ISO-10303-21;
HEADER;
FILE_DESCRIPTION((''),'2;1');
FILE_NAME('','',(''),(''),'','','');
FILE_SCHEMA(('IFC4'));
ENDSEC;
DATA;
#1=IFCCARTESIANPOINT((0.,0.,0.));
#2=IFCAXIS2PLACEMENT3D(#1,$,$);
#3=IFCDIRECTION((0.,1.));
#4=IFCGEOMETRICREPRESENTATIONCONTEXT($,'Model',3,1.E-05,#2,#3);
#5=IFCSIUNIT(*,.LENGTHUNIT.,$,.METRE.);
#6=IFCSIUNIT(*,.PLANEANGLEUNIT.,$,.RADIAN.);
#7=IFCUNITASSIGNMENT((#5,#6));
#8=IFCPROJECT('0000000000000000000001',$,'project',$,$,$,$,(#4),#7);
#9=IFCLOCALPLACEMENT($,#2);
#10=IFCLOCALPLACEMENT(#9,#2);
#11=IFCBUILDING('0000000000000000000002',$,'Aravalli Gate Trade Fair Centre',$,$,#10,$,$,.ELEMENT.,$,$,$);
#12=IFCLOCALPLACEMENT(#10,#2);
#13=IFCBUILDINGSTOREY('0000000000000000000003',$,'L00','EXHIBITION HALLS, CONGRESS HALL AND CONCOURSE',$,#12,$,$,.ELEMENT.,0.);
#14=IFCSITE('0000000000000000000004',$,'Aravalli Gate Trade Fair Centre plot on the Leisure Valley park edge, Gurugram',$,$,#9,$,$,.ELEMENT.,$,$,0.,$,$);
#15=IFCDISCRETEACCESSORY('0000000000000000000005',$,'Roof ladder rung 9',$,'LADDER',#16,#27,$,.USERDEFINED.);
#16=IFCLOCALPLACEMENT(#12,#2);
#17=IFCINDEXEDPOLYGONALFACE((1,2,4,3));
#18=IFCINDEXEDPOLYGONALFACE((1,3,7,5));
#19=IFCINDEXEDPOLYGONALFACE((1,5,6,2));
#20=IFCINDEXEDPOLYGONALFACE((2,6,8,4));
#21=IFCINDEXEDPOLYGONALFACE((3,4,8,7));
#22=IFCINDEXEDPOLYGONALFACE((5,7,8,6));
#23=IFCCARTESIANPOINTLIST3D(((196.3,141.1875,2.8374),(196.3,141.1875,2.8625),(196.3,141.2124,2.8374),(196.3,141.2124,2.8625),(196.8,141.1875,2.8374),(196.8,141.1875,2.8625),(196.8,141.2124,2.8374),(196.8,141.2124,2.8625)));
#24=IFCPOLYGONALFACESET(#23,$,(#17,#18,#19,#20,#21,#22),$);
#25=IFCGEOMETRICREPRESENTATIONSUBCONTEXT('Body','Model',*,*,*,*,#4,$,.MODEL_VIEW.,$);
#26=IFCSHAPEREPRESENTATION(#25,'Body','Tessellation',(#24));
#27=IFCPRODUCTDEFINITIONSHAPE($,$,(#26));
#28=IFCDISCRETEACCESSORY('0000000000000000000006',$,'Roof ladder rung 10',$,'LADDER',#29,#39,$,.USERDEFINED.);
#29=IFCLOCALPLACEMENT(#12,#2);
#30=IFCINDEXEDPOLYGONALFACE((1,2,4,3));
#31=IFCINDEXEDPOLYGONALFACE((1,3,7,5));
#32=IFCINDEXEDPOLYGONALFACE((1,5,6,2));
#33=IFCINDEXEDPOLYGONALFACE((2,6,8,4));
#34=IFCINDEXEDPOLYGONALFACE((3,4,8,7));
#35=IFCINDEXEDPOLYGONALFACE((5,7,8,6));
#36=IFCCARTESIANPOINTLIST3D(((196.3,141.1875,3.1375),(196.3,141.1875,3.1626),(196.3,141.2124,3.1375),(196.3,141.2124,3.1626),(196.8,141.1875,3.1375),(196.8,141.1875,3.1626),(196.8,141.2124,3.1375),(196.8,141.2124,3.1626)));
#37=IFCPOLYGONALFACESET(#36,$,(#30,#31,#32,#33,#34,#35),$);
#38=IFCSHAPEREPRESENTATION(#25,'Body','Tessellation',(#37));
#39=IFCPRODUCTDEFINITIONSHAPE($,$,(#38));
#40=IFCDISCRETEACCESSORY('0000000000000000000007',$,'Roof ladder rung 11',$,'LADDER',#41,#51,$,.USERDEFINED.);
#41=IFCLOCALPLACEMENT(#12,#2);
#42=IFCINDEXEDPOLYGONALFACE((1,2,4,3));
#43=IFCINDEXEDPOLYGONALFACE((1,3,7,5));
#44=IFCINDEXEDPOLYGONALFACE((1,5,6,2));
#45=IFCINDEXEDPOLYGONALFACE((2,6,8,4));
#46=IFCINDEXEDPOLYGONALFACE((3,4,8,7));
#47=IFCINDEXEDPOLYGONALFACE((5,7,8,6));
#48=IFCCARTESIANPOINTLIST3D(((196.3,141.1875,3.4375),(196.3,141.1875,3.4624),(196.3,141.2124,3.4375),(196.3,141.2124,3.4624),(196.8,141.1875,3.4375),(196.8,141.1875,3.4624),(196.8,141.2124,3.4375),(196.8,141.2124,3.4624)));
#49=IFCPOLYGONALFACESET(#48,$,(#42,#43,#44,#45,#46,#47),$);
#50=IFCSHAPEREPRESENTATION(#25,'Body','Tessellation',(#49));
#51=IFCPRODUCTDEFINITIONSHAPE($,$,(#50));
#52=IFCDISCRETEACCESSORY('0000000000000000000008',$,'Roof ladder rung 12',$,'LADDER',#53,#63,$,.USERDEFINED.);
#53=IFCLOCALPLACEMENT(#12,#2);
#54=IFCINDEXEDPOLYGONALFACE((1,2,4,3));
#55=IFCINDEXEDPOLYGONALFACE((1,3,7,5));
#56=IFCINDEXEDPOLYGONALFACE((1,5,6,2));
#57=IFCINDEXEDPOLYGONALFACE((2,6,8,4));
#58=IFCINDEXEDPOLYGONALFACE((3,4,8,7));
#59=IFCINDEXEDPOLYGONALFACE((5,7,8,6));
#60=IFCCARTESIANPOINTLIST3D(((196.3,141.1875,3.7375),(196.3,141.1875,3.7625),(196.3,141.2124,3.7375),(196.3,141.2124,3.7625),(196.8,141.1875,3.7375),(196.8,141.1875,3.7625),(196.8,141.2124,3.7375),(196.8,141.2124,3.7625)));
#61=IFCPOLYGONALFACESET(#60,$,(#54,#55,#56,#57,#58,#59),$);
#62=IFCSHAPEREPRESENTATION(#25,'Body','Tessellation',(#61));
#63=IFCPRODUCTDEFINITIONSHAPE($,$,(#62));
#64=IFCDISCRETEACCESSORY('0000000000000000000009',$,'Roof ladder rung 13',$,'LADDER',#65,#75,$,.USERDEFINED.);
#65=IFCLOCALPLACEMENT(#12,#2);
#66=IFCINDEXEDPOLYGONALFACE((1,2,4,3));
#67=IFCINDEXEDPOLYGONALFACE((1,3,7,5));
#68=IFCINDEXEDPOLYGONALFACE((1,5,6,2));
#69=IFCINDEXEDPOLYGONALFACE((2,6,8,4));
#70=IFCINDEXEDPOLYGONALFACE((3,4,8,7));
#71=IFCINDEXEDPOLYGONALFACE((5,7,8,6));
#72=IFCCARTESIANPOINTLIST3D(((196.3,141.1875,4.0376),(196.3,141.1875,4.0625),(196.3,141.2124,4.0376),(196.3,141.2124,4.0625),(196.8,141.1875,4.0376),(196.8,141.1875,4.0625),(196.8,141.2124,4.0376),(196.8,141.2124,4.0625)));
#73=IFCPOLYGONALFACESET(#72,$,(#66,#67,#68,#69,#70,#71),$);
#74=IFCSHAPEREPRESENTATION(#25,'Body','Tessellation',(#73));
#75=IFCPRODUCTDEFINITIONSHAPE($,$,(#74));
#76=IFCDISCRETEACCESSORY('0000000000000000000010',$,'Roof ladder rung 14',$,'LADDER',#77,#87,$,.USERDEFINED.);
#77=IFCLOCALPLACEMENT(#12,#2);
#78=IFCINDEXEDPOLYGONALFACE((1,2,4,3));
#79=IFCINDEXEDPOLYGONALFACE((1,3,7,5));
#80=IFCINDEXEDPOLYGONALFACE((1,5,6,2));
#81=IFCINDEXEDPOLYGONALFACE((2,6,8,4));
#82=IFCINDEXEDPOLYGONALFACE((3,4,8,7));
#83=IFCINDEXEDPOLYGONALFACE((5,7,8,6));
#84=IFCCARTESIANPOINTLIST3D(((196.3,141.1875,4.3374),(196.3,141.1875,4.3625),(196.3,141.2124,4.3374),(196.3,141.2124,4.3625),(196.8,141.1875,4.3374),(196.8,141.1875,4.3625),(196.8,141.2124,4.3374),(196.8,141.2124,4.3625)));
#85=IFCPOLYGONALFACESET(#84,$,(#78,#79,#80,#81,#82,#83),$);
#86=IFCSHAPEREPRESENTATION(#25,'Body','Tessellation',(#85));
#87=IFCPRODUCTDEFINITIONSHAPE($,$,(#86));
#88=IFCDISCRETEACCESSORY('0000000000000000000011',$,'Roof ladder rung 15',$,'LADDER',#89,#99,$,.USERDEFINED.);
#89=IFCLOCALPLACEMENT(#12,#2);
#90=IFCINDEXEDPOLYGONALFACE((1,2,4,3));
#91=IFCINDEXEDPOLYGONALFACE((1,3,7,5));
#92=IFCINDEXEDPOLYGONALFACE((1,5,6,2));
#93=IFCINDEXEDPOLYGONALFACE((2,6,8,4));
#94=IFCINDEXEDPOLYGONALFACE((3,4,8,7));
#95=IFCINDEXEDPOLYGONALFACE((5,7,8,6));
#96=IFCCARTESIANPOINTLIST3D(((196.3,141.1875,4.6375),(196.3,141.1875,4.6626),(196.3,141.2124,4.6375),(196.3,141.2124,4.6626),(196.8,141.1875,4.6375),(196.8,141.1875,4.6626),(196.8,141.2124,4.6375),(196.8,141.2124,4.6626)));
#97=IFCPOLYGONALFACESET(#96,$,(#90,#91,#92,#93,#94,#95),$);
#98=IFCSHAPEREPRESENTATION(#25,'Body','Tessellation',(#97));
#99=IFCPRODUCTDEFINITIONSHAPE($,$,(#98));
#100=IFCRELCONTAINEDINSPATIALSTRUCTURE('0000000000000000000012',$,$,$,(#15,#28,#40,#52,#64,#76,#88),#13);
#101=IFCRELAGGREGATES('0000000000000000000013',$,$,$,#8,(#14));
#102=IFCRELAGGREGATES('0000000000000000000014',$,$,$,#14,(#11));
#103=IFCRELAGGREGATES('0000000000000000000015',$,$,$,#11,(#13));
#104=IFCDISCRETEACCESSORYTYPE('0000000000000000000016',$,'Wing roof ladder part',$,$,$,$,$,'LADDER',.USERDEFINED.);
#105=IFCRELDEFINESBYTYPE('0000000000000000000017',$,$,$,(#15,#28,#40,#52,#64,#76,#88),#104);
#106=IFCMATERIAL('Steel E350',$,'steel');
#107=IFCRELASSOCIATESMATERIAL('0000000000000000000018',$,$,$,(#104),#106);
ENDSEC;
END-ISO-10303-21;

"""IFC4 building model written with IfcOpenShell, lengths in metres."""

from ifc_helpers import new_model, si_unit, direction, frame, origin, place, context, subcontext, project, spatial, polyline, outline, extrude, material, type_object, element, save


model = new_model("IFC4")

# Units and contexts
model_context = context("Model", 3, precision=1e-05, world=origin(), true_north=direction((0.0, 1.0)))
body_context = subcontext(model_context, "Body", "Model", "MODEL_VIEW")
ifc_project = project(units=[si_unit("LENGTHUNIT", "METRE"), si_unit("PLANEANGLEUNIT", "RADIAN")], contexts=[model_context])

# Site, building, storey
site_placement = place(None, origin())
site = spatial("IfcSite", under=ifc_project, at=site_placement, Name="Aravalli Gate Trade Fair Centre plot on the Leisure Valley park edge, Gurugram", CompositionType="ELEMENT", RefElevation=0.0)
building_placement = place(site_placement, origin())
building = spatial("IfcBuilding", under=site, at=building_placement, Name="Aravalli Gate Trade Fair Centre", CompositionType="ELEMENT")
storey_placement = place(building_placement, origin())
storey = spatial("IfcBuildingStorey", under=building, at=storey_placement, Name="L00", Description="EXHIBITION HALLS, CONGRESS HALL AND CONCOURSE", CompositionType="ELEMENT", Elevation=0.0)

# Discrete accessories
ifc_material_1 = material(Name="Steel E350", Category="steel")
discrete_accessory_type = type_object("IfcDiscreteAccessoryType", Name="Wing roof ladder part", ElementType="LADDER", PredefinedType="USERDEFINED", material=ifc_material_1)
for number, where, name in (
    (1, (0.0, 0.0, 2.8374), "Roof ladder rung 9"),
    (2, (0.0, 0.0, 3.1375), "Roof ladder rung 10"),
):
    element("IfcDiscreteAccessory", number, at=place(storey_placement, frame(where)), inside=storey, type_object=discrete_accessory_type, Name=name, ObjectType="LADDER", PredefinedType="USERDEFINED", context=body_context, shape_type="SweptSolid", body=[
        extrude(outline(polyline([(196.3, 141.1875), (196.8, 141.1875), (196.8, 141.2124), (196.3, 141.2124), (196.3, 141.1875)])), origin(), (0.0, 0.0, 1.0), 0.0251),
    ])
for number, where, name in (
    (3, (0.0, 0.0, 3.4375), "Roof ladder rung 11"),
    (4, (0.0, 0.0, 3.7375), "Roof ladder rung 12"),
    (5, (0.0, 0.0, 4.0376), "Roof ladder rung 13"),
):
    element("IfcDiscreteAccessory", number, at=place(storey_placement, frame(where)), inside=storey, type_object=discrete_accessory_type, Name=name, ObjectType="LADDER", PredefinedType="USERDEFINED", context=body_context, shape_type="SweptSolid", body=[
        extrude(outline(polyline([(196.3, 141.1875), (196.8, 141.1875), (196.8, 141.2124), (196.3, 141.2124), (196.3, 141.1875)])), origin(), (0.0, 0.0, 1.0), 0.0249),
    ])
for number, where, name in (
    (6, (0.0, 0.0, 4.3374), "Roof ladder rung 14"),
    (7, (0.0, 0.0, 4.6375), "Roof ladder rung 15"),
):
    element("IfcDiscreteAccessory", number, at=place(storey_placement, frame(where)), inside=storey, type_object=discrete_accessory_type, Name=name, ObjectType="LADDER", PredefinedType="USERDEFINED", context=body_context, shape_type="SweptSolid", body=[
        extrude(outline(polyline([(196.3, 141.1875), (196.8, 141.1875), (196.8, 141.2124), (196.3, 141.2124), (196.3, 141.1875)])), origin(), (0.0, 0.0, 1.0), 0.0251),
    ])

save(model, "model.ifc")
